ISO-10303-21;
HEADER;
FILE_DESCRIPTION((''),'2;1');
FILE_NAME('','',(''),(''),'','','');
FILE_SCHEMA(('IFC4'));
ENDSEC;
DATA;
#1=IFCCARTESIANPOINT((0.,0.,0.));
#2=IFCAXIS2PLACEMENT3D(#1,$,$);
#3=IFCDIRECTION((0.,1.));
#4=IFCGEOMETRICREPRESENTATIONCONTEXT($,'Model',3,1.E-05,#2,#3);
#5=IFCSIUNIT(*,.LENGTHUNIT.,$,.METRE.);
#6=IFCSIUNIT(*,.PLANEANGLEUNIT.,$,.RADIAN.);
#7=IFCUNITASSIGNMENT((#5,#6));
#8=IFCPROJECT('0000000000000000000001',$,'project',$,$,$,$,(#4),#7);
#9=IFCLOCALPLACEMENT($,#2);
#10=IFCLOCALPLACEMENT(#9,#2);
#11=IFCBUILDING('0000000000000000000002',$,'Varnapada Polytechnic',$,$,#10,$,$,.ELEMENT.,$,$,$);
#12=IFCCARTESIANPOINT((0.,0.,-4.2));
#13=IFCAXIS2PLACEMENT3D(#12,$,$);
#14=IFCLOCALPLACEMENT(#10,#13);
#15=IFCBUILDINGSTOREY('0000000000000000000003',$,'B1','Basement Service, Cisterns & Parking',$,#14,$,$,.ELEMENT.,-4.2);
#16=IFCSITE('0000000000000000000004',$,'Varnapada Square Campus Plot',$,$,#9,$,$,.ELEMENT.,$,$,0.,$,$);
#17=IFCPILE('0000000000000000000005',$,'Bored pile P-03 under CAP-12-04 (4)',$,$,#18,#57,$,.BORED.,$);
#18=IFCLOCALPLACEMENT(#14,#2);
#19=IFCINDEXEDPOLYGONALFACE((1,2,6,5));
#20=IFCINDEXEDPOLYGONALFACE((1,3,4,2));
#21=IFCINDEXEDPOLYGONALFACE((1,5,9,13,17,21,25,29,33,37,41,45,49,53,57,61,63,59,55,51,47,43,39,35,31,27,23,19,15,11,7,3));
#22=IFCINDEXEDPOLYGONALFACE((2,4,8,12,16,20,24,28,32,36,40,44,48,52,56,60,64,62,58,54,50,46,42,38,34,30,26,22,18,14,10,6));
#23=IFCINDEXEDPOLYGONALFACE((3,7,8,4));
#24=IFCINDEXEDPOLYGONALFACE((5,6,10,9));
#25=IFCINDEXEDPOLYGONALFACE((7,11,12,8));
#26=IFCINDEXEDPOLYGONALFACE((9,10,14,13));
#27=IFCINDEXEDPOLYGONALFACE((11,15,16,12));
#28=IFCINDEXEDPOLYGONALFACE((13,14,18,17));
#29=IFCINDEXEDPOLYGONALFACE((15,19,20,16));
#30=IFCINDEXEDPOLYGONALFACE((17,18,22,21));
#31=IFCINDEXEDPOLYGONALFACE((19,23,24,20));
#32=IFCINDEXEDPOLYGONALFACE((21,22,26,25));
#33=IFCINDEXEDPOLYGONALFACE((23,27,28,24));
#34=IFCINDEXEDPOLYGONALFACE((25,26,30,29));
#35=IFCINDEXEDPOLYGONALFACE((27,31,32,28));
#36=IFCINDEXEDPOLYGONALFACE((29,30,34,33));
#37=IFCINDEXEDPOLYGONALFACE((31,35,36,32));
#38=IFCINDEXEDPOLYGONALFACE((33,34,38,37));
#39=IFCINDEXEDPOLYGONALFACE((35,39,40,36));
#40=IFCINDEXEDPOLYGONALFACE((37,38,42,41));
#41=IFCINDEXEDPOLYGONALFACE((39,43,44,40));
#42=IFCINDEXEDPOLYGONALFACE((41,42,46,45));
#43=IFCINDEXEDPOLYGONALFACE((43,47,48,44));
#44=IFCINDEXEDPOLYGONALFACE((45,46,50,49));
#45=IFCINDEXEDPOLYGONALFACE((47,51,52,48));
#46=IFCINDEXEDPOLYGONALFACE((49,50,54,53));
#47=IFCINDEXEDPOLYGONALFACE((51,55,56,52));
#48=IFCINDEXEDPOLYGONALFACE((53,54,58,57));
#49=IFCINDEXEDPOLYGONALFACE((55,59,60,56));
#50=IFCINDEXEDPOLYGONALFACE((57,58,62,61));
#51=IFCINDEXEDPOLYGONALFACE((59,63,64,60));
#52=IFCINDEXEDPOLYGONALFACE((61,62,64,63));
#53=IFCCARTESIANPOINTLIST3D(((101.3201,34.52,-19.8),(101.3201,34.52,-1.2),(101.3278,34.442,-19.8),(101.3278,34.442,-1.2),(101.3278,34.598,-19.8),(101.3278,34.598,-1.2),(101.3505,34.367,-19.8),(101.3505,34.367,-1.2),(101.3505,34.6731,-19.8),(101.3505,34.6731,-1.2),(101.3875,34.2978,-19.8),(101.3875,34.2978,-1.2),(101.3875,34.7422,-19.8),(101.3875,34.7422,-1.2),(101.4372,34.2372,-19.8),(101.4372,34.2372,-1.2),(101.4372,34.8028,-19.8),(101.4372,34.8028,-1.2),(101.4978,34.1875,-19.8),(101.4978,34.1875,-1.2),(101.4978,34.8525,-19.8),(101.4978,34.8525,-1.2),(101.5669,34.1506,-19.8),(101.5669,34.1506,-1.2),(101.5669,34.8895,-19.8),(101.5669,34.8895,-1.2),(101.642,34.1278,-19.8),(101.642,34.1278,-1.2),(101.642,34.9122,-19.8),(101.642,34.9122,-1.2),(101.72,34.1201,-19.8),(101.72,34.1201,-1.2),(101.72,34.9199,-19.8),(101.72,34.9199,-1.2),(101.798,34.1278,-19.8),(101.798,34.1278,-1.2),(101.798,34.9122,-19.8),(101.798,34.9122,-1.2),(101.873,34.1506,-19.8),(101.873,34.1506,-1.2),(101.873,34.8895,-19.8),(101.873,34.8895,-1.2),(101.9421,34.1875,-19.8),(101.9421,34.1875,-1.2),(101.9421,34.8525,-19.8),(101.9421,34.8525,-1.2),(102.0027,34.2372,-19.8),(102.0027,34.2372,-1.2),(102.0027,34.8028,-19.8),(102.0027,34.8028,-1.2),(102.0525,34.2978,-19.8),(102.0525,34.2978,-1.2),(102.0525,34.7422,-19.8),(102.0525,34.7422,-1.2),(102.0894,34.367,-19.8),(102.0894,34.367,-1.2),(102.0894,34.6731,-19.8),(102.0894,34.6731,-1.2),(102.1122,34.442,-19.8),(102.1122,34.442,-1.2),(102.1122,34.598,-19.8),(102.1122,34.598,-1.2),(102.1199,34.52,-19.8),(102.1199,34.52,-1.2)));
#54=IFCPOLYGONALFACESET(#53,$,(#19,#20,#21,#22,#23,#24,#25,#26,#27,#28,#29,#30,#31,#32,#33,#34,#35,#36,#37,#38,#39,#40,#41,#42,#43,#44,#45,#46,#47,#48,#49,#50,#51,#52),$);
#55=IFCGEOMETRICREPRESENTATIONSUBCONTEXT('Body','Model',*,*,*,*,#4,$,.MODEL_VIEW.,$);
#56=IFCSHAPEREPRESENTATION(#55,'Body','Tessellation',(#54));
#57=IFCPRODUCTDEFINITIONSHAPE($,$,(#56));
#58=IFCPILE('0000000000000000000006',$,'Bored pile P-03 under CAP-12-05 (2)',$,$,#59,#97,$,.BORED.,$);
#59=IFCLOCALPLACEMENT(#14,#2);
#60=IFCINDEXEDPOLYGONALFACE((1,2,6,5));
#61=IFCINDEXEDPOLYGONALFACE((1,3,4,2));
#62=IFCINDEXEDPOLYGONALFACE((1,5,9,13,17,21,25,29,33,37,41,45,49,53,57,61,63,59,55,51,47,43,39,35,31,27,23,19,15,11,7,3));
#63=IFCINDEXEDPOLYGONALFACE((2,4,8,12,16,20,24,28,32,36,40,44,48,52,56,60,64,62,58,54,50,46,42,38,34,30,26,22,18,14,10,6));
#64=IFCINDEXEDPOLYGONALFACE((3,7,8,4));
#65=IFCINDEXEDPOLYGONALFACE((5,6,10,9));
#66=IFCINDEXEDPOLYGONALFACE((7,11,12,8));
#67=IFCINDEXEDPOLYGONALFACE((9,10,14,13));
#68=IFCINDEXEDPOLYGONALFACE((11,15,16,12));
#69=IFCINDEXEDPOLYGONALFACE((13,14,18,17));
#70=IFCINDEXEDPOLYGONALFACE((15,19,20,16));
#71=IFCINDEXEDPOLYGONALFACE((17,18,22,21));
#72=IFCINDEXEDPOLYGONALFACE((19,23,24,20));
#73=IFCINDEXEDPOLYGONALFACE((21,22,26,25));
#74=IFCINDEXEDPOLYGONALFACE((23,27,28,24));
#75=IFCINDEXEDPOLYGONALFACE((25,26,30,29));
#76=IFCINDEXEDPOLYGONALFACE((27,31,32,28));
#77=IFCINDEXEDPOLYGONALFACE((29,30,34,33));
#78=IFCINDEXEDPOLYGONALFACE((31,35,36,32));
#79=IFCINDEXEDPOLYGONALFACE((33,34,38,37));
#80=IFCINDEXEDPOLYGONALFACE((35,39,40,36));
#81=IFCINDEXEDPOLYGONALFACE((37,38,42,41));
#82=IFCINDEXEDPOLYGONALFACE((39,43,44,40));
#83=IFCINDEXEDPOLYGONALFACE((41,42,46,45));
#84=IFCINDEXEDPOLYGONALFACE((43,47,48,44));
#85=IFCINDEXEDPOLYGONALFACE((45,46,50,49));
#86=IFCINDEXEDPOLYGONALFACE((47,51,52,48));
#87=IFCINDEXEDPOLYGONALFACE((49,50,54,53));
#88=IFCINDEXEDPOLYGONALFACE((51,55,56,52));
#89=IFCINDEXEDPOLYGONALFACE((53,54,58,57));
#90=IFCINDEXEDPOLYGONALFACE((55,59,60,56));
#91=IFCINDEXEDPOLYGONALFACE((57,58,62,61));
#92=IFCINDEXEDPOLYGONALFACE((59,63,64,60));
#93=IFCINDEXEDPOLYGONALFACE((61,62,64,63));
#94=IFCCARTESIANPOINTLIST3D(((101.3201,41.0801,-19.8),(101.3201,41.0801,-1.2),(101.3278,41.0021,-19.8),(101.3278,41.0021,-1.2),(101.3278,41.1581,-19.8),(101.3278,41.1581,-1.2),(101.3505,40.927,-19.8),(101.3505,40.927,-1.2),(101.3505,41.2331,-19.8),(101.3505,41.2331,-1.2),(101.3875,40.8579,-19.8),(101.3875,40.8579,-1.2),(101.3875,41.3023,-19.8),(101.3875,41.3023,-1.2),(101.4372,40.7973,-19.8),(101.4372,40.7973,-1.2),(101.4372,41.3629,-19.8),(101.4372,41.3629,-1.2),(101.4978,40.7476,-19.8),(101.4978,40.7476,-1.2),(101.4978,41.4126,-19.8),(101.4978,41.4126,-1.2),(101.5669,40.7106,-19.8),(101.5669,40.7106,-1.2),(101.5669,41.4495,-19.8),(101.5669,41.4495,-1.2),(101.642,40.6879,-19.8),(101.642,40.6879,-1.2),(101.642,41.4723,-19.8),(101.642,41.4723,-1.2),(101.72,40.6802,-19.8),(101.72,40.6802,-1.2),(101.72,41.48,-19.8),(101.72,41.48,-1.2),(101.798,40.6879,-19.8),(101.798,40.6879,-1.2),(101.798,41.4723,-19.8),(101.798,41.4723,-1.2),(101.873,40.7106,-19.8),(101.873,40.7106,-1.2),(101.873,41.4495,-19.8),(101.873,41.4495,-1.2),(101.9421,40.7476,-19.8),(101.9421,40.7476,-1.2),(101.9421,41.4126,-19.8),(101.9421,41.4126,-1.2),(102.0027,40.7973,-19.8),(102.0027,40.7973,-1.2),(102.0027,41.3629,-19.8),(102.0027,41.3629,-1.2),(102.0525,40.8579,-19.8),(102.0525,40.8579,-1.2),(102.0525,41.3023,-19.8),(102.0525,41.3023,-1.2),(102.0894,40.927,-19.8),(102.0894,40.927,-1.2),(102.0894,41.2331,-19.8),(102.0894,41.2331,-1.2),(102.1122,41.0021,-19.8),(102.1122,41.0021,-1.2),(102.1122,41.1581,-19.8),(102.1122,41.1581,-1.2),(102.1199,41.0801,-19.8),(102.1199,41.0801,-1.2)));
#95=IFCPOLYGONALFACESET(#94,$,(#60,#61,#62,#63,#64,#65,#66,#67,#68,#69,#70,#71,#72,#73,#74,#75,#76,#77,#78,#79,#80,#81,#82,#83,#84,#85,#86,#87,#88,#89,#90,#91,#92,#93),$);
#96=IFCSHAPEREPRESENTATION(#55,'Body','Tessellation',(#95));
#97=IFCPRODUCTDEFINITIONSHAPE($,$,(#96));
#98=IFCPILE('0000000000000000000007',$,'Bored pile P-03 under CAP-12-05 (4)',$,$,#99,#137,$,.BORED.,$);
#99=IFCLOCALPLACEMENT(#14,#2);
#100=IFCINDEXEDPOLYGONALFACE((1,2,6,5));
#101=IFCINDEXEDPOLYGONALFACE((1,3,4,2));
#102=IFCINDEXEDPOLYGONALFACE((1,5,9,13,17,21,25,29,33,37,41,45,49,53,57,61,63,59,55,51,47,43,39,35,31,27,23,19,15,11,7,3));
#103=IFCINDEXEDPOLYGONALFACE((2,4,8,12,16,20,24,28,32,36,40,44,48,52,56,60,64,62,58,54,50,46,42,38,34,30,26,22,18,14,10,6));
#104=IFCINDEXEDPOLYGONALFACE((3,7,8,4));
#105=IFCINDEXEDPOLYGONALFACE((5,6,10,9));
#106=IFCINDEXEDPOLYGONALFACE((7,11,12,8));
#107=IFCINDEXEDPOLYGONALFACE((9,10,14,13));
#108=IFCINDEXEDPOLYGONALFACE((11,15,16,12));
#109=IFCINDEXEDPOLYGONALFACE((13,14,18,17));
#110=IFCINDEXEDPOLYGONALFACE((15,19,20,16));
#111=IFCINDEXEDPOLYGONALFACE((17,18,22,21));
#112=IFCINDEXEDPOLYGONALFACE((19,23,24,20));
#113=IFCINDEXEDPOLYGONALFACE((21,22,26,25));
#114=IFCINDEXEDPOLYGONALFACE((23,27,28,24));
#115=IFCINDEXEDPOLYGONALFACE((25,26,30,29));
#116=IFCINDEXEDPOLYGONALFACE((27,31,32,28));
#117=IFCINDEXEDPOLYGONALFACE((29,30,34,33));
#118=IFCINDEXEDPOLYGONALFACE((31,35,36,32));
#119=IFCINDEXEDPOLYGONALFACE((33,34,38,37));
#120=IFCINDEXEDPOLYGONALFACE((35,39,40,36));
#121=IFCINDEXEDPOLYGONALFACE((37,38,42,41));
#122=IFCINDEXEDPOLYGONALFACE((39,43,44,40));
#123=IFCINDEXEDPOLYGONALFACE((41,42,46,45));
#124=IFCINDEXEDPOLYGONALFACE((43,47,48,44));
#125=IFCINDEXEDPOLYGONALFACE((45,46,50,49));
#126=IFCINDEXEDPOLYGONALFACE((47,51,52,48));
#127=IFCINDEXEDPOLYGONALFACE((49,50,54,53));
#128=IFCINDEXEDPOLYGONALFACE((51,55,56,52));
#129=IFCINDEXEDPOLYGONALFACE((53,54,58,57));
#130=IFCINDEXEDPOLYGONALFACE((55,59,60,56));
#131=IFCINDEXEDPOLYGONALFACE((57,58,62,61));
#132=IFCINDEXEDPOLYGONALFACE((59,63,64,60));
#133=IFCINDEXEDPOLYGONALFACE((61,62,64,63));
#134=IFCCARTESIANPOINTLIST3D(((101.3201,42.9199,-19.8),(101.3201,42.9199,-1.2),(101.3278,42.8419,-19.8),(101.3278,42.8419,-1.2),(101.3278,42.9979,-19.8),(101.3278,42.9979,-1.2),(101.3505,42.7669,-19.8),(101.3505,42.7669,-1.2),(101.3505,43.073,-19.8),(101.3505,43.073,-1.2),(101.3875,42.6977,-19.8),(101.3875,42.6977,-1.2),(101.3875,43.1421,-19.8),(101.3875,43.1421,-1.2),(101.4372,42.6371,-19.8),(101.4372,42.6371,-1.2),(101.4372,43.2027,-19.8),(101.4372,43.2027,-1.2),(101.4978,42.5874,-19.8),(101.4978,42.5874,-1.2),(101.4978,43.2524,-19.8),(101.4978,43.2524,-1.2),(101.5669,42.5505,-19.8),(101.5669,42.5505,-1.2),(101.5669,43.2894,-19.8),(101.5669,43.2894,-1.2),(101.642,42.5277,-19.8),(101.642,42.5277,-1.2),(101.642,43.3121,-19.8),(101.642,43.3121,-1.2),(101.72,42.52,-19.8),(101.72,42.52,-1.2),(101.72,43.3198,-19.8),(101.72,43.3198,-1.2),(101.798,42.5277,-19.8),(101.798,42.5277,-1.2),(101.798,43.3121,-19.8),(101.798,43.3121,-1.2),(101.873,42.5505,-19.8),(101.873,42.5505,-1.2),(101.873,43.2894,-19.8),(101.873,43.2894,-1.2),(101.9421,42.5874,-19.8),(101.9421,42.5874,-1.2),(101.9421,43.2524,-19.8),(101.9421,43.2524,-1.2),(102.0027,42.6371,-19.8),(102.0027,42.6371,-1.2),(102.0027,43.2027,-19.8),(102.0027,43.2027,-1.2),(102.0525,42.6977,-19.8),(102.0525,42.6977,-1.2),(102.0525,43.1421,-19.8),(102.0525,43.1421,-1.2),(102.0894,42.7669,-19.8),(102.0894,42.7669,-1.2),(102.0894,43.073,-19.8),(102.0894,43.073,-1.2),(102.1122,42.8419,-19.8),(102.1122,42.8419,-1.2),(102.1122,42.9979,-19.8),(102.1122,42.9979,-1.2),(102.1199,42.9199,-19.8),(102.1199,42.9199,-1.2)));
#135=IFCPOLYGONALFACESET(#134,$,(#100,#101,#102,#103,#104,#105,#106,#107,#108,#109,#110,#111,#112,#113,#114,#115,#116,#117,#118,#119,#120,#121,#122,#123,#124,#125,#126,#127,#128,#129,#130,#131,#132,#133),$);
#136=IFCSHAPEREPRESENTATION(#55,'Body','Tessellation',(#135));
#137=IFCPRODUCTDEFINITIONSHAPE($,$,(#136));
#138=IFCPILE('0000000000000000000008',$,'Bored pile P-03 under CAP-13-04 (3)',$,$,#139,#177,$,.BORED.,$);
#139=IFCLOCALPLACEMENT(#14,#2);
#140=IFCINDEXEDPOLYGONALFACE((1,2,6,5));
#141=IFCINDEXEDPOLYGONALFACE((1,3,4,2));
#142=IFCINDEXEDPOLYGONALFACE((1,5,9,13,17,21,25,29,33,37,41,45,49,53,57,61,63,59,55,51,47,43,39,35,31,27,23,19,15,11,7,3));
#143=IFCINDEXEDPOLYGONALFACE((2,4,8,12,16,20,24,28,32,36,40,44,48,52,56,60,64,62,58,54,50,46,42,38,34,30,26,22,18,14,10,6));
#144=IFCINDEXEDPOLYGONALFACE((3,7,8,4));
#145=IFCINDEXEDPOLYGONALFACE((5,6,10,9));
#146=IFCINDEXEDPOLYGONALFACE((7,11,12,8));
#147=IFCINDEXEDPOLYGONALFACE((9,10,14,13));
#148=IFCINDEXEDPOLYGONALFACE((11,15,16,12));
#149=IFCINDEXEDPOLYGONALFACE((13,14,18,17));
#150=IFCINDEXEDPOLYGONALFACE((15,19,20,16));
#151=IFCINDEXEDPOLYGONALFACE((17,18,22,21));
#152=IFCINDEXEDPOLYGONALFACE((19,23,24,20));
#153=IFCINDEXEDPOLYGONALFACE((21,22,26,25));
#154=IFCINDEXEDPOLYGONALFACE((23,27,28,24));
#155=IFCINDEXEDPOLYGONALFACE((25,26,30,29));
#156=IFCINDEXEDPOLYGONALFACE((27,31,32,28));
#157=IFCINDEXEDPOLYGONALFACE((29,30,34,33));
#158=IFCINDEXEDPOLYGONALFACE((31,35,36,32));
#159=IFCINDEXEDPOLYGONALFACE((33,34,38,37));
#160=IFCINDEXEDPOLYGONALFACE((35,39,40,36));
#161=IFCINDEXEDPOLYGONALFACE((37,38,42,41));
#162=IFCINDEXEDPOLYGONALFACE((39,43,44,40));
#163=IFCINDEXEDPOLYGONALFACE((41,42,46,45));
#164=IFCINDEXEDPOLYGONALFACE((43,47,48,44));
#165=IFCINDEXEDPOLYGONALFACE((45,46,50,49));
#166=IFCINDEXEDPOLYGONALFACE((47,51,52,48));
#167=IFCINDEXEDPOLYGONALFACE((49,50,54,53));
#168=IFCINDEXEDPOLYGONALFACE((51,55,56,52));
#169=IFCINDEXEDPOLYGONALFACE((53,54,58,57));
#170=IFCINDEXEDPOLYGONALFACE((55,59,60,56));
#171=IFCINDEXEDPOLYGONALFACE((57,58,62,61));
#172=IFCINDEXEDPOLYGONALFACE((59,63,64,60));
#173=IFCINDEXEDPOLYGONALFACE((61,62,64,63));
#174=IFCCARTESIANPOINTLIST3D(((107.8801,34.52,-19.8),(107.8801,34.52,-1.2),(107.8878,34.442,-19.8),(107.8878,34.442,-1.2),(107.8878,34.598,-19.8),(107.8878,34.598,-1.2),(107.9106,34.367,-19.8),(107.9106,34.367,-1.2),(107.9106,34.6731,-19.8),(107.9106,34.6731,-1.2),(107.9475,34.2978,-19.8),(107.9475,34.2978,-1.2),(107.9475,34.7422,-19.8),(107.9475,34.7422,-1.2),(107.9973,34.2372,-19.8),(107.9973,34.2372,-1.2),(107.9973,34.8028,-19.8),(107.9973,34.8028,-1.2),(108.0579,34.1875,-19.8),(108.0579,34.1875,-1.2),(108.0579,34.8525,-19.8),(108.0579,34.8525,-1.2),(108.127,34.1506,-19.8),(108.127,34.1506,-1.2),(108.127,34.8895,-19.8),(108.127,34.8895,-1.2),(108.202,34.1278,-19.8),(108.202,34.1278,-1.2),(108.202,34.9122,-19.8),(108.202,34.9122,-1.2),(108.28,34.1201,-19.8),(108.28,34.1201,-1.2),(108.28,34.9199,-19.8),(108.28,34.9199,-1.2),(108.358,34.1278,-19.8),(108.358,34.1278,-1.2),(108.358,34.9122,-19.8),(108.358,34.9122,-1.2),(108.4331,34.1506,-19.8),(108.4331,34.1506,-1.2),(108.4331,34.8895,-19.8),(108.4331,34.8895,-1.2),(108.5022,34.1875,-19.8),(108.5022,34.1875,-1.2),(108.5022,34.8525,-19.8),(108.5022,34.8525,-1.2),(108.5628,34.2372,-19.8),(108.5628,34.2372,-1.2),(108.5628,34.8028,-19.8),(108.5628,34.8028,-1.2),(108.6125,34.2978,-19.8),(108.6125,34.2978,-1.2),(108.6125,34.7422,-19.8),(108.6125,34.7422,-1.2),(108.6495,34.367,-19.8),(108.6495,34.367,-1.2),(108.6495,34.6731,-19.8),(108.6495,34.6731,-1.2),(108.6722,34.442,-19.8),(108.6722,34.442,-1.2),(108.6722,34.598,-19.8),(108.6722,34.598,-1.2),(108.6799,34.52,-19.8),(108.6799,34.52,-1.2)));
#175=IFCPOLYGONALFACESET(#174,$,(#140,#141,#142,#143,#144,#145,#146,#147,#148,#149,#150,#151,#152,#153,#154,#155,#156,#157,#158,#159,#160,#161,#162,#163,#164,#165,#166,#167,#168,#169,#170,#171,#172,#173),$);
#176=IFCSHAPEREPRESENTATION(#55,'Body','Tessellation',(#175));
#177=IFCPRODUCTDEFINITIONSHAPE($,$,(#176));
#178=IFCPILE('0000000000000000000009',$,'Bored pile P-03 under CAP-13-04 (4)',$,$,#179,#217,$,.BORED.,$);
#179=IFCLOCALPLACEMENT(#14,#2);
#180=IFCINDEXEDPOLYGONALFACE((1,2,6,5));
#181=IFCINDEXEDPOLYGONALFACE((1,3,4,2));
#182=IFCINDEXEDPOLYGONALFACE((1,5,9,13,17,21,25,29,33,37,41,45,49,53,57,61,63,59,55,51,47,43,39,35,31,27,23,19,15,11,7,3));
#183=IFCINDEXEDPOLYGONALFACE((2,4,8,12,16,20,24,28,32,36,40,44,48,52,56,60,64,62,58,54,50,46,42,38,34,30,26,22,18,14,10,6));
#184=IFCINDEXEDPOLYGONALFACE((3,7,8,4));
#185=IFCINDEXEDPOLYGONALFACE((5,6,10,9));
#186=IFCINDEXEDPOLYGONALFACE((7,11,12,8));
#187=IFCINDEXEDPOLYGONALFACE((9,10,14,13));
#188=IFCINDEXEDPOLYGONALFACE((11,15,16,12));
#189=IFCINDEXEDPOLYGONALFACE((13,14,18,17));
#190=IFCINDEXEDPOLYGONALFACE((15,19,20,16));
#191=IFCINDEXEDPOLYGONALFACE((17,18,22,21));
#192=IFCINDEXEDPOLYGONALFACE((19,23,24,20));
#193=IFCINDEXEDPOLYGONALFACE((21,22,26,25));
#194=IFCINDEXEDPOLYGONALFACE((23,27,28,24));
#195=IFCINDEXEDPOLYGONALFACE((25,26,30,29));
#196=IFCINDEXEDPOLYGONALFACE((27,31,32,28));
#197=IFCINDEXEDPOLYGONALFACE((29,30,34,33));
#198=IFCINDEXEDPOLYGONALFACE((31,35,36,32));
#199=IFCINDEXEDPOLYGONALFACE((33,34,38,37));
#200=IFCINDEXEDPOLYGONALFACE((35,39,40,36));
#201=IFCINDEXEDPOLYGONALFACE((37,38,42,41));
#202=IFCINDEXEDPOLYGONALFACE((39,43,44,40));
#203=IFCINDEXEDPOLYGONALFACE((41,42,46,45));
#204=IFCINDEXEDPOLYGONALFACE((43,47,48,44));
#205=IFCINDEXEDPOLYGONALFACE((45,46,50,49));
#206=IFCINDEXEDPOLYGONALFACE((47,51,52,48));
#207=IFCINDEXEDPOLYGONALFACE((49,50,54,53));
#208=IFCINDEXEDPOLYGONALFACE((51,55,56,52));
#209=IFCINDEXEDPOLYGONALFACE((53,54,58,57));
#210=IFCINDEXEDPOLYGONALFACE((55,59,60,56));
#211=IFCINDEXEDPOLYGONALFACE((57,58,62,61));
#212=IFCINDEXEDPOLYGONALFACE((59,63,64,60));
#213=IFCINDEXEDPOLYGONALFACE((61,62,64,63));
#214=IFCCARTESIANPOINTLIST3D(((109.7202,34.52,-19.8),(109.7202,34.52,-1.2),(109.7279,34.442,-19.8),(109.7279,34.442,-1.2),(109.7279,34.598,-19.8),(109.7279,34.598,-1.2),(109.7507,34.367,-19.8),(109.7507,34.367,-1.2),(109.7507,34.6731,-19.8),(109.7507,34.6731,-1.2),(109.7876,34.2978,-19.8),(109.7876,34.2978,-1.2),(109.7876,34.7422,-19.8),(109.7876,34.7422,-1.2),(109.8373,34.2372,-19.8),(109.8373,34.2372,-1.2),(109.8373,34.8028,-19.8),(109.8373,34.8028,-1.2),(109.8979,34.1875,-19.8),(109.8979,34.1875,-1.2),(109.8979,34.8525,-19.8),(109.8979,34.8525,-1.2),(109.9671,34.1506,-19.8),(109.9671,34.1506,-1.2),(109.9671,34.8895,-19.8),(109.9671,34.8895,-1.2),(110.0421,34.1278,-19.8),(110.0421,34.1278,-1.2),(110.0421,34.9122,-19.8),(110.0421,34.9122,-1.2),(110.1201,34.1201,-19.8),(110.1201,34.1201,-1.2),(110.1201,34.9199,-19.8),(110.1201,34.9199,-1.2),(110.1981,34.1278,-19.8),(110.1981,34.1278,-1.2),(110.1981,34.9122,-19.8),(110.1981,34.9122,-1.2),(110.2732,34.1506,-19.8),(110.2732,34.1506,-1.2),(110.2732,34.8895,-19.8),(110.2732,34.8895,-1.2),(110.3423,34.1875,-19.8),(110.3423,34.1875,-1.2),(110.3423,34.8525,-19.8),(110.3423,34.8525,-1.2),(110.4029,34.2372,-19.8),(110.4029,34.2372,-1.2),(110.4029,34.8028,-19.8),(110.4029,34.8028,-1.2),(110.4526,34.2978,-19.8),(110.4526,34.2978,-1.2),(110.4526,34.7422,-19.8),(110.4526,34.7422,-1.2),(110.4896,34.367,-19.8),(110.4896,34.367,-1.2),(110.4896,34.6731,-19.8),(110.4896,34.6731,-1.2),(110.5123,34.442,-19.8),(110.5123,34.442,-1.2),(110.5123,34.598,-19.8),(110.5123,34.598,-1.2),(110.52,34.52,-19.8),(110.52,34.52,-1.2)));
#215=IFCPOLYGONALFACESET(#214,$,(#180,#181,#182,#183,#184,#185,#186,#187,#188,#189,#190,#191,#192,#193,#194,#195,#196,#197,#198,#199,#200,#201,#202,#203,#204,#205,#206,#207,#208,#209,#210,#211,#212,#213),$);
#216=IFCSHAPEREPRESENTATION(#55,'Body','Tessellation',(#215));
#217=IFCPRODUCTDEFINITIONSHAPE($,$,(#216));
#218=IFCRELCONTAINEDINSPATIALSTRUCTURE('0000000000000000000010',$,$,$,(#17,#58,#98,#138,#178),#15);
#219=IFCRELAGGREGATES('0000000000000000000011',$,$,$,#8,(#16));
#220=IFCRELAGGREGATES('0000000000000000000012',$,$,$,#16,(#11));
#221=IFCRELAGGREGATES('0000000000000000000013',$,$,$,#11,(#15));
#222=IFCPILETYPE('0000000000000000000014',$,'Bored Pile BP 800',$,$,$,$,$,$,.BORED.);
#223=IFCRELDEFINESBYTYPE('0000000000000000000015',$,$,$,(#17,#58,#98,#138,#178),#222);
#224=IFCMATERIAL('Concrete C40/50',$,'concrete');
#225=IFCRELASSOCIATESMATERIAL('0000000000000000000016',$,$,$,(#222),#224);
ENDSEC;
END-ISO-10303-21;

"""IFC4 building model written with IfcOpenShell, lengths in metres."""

from ifc_helpers import new_model, si_unit, direction, frame, origin, origin_2d, place, context, subcontext, project, spatial, circle, extrude, material, material_profile, profile_set, type_object, element, save


model = new_model("IFC4")

# Units and contexts
model_context = context("Model", 3, precision=1e-05, world=origin(), true_north=direction((0.0, 1.0)))
body_context = subcontext(model_context, "Body", "Model", "MODEL_VIEW")
ifc_project = project(units=[si_unit("LENGTHUNIT", "METRE"), si_unit("PLANEANGLEUNIT", "RADIAN")], contexts=[model_context])

# Site, building, storey
site_placement = place(None, origin())
site = spatial("IfcSite", under=ifc_project, at=site_placement, Name="Varnapada Square Campus Plot", CompositionType="ELEMENT", RefElevation=0.0)
building_placement = place(site_placement, origin())
building = spatial("IfcBuilding", under=site, at=building_placement, Name="Varnapada Polytechnic", CompositionType="ELEMENT")
storey_placement = place(building_placement, frame((0.0, 0.0, -4.2)))
storey = spatial("IfcBuildingStorey", under=building, at=storey_placement, Name="B1", Description="Basement Service, Cisterns & Parking", CompositionType="ELEMENT", Elevation=-4.2)

# Piles
ifc_material_1 = material(Name="Concrete C40/50", Category="concrete")
ifc_material_profile_1 = material_profile(ifc_material_1, circle(Radius=0.3999, at=origin_2d()), Name="BP 800")
ifc_profile_set_1 = profile_set([ifc_material_profile_1], Name="Concrete C40/50")
pile_type = type_object("IfcPileType", Name="Bored Pile BP 800", PredefinedType="BORED", material=ifc_profile_set_1)
for number, where, z_axis, x_axis, name in (
    (1, (101.72, 34.52, -1.2), (0.0, 0.0, -1.0), (1.0, 0.0, 0.0), "Bored pile P-03 under CAP-12-04 (4)"),
    (2, (101.72, 41.0801, -1.2), (0.0, 0.0, -1.0), (1.0, 0.0, 0.0), "Bored pile P-03 under CAP-12-05 (2)"),
    (3, (101.72, 42.9199, -1.2), (0.0, 0.0, -1.0), (1.0, 0.0, 0.0), "Bored pile P-03 under CAP-12-05 (4)"),
    (4, (108.28, 34.52, -1.2), (0.0, 0.0, -1.0), (1.0, 0.0, 0.0), "Bored pile P-03 under CAP-13-04 (3)"),
    (5, (110.1201, 34.52, -1.2), (0.0, 0.0, -1.0), (1.0, 0.0, 0.0), "Bored pile P-03 under CAP-13-04 (4)"),
):
    element("IfcPile", number, at=place(storey_placement, frame(where, z_axis=z_axis, x_axis=x_axis)), inside=storey, type_object=pile_type, Name=name, PredefinedType="BORED", context=body_context, shape_type="SweptSolid", body=[
        extrude(circle(Radius=0.3999, at=origin_2d()), origin(), (0.0, 0.0, 1.0), 18.6001),
    ])

save(model, "model.ifc")
